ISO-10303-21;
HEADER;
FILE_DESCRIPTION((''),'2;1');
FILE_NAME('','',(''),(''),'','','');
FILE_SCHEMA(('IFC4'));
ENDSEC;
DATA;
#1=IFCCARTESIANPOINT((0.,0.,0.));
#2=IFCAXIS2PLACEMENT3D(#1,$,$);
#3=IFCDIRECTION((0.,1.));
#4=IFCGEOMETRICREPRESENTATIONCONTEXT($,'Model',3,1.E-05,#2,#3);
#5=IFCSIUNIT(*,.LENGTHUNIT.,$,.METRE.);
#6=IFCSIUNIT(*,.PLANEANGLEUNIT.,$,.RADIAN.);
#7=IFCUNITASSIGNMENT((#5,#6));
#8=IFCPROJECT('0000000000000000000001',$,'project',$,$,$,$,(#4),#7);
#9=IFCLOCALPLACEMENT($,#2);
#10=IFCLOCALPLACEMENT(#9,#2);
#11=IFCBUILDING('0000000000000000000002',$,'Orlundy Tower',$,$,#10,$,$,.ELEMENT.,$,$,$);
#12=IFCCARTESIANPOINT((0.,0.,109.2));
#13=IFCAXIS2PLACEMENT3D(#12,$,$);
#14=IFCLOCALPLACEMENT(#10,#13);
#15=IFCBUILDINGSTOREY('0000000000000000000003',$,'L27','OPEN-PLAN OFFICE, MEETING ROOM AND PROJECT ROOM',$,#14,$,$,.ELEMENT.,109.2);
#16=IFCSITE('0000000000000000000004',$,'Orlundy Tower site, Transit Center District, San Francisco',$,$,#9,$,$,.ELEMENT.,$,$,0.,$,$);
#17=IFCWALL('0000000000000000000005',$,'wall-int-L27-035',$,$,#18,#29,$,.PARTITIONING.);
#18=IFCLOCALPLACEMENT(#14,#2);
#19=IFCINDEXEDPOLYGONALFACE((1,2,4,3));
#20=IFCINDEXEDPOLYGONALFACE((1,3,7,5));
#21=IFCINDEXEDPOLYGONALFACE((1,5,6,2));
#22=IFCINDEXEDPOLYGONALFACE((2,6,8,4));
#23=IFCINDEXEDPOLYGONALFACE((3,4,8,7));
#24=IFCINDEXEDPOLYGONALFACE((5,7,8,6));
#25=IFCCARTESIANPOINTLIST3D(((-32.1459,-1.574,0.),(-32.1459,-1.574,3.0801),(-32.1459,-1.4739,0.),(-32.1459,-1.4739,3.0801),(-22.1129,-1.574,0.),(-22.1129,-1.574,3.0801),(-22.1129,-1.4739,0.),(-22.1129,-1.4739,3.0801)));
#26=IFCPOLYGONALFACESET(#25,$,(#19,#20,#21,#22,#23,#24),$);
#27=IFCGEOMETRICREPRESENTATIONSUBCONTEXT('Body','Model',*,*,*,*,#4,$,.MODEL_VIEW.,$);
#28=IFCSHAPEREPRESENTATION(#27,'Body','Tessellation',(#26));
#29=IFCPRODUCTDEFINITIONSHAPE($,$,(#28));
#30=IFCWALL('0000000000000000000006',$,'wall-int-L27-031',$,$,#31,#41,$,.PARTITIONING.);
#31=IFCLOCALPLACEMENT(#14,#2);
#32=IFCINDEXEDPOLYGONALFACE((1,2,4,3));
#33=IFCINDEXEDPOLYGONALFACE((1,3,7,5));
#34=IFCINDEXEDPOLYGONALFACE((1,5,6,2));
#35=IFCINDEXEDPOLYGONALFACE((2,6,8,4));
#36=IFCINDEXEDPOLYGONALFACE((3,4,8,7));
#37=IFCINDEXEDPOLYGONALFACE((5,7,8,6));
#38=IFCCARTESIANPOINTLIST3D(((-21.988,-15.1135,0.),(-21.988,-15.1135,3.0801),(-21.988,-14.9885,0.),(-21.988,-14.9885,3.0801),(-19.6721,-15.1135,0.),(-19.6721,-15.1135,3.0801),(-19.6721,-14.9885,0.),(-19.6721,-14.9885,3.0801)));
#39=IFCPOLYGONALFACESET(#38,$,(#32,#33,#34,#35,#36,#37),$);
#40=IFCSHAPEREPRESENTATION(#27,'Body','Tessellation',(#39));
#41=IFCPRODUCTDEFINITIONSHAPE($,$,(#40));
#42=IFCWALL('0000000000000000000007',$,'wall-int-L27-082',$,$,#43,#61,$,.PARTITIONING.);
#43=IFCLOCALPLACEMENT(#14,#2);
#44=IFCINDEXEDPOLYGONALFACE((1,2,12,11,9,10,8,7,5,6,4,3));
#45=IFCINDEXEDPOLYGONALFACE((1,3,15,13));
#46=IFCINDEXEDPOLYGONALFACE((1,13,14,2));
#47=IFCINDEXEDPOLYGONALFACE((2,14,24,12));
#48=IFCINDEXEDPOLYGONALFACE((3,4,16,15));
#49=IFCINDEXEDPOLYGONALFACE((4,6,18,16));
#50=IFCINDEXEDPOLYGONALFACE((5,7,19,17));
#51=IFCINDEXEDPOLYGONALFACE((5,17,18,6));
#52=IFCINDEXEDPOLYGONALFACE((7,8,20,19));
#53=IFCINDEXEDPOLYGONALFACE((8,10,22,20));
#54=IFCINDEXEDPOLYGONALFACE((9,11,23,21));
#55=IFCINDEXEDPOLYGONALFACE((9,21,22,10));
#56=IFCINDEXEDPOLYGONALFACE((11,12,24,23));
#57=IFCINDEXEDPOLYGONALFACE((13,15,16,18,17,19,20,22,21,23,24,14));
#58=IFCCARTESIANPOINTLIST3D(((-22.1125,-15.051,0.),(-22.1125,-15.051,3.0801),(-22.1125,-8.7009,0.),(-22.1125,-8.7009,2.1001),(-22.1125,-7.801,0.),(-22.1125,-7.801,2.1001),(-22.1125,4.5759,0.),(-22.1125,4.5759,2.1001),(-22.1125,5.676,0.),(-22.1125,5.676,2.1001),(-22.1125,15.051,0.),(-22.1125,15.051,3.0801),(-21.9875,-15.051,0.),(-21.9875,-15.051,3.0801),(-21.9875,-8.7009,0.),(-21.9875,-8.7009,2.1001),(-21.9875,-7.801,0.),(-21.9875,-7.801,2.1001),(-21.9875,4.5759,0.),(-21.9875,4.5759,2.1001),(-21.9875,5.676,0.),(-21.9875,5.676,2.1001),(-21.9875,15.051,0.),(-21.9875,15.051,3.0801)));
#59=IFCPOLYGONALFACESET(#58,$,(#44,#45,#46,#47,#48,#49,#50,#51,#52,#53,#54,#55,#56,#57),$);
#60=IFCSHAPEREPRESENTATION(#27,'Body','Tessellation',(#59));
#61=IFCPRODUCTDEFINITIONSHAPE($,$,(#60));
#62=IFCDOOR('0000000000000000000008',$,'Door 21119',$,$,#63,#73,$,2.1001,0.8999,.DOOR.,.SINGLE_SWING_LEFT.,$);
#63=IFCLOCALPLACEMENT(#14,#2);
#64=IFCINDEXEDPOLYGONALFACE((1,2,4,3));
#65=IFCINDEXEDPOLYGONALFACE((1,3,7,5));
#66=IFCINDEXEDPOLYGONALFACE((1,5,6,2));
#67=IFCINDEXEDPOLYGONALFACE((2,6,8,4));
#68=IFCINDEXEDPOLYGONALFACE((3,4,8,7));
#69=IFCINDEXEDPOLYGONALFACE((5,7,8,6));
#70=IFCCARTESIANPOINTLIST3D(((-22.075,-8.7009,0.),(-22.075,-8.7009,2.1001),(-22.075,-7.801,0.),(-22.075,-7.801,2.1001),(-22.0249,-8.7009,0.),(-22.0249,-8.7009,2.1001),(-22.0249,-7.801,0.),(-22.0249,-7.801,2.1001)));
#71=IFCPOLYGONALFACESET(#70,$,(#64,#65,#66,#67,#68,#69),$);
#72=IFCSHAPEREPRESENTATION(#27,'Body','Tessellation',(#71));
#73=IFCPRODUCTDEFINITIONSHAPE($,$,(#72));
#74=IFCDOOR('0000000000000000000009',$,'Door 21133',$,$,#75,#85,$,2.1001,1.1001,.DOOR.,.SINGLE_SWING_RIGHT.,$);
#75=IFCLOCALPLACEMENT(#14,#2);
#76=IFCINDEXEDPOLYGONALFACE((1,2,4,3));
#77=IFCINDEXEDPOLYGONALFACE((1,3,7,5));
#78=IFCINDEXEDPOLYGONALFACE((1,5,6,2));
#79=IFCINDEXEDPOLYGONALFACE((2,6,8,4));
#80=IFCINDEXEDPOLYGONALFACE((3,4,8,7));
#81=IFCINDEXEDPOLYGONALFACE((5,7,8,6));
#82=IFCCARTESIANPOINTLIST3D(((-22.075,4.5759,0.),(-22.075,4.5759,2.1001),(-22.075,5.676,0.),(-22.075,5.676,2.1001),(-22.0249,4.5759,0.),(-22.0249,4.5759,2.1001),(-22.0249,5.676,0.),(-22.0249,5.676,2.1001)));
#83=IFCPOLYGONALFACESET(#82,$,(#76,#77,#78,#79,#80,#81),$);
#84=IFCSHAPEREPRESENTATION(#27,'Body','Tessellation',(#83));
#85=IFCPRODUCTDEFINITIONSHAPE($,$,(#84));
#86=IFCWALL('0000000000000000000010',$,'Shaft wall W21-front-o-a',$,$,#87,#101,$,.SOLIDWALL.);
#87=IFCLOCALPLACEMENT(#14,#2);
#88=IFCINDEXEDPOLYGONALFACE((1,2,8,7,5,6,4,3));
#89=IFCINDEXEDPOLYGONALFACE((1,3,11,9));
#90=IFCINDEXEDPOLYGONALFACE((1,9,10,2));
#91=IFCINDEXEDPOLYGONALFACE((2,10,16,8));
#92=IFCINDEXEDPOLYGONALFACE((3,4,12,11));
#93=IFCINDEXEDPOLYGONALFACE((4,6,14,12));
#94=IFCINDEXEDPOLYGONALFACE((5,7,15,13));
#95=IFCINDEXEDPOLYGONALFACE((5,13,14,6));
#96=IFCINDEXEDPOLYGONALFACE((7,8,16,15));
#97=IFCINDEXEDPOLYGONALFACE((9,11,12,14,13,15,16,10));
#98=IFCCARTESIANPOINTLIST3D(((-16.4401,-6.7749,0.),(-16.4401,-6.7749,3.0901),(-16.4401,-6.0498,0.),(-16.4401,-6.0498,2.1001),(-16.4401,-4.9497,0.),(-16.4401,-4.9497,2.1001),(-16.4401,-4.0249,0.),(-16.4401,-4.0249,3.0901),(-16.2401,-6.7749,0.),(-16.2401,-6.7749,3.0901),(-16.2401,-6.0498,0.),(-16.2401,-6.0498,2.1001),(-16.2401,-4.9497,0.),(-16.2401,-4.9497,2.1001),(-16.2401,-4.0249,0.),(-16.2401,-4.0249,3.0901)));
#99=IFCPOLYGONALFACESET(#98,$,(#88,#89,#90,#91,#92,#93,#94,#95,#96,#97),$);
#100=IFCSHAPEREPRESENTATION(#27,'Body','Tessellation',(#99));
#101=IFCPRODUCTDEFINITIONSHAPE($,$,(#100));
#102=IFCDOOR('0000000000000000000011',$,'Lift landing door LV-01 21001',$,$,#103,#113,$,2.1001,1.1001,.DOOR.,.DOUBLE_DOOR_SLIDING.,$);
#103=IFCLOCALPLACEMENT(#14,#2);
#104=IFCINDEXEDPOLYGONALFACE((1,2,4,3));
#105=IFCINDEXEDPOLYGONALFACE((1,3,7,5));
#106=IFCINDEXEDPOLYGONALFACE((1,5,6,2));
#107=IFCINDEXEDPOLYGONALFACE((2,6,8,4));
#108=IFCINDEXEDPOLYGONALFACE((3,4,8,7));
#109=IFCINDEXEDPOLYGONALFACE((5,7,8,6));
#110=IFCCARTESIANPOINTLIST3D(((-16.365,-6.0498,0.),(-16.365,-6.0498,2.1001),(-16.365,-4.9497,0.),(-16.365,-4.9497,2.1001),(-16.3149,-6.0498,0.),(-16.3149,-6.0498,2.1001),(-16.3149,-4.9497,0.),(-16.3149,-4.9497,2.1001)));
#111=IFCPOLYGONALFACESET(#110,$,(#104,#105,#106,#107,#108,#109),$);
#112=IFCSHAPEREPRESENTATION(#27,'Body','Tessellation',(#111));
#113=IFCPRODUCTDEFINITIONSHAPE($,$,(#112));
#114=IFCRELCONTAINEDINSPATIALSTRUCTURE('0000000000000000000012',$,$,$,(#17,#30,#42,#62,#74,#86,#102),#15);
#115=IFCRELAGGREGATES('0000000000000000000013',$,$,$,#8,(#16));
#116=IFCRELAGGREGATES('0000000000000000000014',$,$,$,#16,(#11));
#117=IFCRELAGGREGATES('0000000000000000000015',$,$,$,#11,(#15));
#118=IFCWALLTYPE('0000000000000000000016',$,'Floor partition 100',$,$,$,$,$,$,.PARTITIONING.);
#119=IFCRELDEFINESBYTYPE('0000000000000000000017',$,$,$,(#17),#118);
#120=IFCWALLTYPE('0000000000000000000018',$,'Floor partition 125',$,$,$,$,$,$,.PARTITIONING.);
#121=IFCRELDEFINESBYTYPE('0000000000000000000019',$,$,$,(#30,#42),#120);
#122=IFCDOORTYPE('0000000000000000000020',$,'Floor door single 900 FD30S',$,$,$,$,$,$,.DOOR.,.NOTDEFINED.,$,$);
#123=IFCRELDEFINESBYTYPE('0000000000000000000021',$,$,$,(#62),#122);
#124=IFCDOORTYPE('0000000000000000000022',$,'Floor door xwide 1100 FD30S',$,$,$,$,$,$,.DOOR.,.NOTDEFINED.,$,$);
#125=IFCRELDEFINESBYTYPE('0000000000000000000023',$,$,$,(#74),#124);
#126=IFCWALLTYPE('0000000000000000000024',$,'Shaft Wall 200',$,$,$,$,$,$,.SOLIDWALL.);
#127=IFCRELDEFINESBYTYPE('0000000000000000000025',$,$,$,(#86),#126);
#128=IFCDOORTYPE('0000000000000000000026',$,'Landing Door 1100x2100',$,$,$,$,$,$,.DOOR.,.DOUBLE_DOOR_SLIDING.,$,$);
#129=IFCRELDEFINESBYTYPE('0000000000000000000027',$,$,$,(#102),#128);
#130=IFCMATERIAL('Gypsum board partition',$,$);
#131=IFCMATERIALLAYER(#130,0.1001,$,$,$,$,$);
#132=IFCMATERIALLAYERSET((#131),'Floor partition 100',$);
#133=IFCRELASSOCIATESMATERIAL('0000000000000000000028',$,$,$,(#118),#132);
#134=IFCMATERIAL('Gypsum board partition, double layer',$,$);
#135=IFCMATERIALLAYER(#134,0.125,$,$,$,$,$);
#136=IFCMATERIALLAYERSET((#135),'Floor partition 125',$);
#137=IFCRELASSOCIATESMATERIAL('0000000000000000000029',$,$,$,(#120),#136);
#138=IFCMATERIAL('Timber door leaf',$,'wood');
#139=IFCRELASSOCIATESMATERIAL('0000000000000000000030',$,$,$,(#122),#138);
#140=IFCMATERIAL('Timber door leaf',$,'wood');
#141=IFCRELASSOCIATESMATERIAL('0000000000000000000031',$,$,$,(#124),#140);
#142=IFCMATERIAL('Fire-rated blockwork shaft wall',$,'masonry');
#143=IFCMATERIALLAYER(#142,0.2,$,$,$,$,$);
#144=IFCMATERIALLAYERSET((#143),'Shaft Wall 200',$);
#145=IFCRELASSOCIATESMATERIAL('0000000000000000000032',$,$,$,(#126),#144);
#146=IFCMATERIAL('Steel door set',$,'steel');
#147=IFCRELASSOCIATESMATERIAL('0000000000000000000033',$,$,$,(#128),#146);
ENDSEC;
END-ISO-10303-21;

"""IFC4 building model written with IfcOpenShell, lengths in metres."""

from ifc_helpers import new_model, si_unit, direction, frame, frame_2d, origin, place, context, subcontext, project, spatial, rectangle, extrude, material, layer, layer_set, type_object, element, fill, save


model = new_model("IFC4")

# Units and contexts
model_context = context("Model", 3, precision=1e-05, world=origin(), true_north=direction((0.0, 1.0)))
body_context = subcontext(model_context, "Body", "Model", "MODEL_VIEW")
ifc_project = project(units=[si_unit("LENGTHUNIT", "METRE"), si_unit("PLANEANGLEUNIT", "RADIAN")], contexts=[model_context])

# Site, building, storey
site_placement = place(None, origin())
site = spatial("IfcSite", under=ifc_project, at=site_placement, Name="Orlundy Tower site, Transit Center District, San Francisco", CompositionType="ELEMENT", RefElevation=0.0)
building_placement = place(site_placement, origin())
building = spatial("IfcBuilding", under=site, at=building_placement, Name="Orlundy Tower", CompositionType="ELEMENT")
storey_placement = place(building_placement, frame((0.0, 0.0, 109.2)))
storey = spatial("IfcBuildingStorey", under=building, at=storey_placement, Name="L27", Description="OPEN-PLAN OFFICE, MEETING ROOM AND PROJECT ROOM", CompositionType="ELEMENT", Elevation=109.2)

# Walls
ifc_material_1 = material(Name="Gypsum board partition")
ifc_layer_1 = layer(ifc_material_1, 0.1001)
ifc_layer_set_1 = layer_set([ifc_layer_1], Name="Floor partition 100")
wall_type_1 = type_object("IfcWallType", Name="Floor partition 100", PredefinedType="PARTITIONING", material=ifc_layer_set_1)
wall_1_placement = place(storey_placement, frame((-32.146, -1.5239, 0.0), z_axis=(0.0, 0.0, 1.0), x_axis=(1.0, 0.0, 0.0)))
element("IfcWall", 1, at=wall_1_placement, inside=storey, type_object=wall_type_1, Name="wall-int-L27-035", PredefinedType="PARTITIONING", context=body_context, shape_type="SweptSolid", body=[
    extrude(rectangle(XDim=10.033, YDim=0.1001, at=frame_2d((5.0166, 0.0))), origin(), (0.0, 0.0, 1.0), 3.0801),
])
ifc_material_2 = material(Name="Gypsum board partition, double layer")
ifc_layer_2 = layer(ifc_material_2, 0.125)
ifc_layer_set_2 = layer_set([ifc_layer_2], Name="Floor partition 125")
wall_type_2 = type_object("IfcWallType", Name="Floor partition 125", PredefinedType="PARTITIONING", material=ifc_layer_set_2)
wall_2_placement = place(storey_placement, frame((-21.988, -15.051, 0.0), z_axis=(0.0, 0.0, 1.0), x_axis=(1.0, 0.0, 0.0)))
element("IfcWall", 2, at=wall_2_placement, inside=storey, type_object=wall_type_2, Name="wall-int-L27-031", PredefinedType="PARTITIONING", context=body_context, shape_type="SweptSolid", body=[
    extrude(rectangle(XDim=2.3159, YDim=0.125, at=frame_2d((1.158, 0.0))), origin(), (0.0, 0.0, 1.0), 3.0801),
])

# Wall, openings, doors
wall_3_placement = place(storey_placement, frame((-22.05, -15.051, 0.0), z_axis=(0.0, 0.0, 1.0), x_axis=(0.0, 1.0, 0.0)))
wall_3 = element("IfcWall", 3, at=wall_3_placement, inside=storey, type_object=wall_type_2, Name="wall-int-L27-082", PredefinedType="PARTITIONING", context=body_context, shape_type="SweptSolid", body=[
    extrude(rectangle(XDim=30.1021, YDim=0.125, at=frame_2d((15.051, 0.0))), origin(), (0.0, 0.0, 1.0), 3.0801),
])
opening_1_placement = place(wall_3_placement, frame((6.3501, 0.0, 0.0)))
opening_1 = element("IfcOpeningElement", 4, at=opening_1_placement, cuts=wall_3, PredefinedType="OPENING", context=body_context, shape_type="SweptSolid", body=[
    extrude(rectangle(XDim=0.8999, YDim=2.1001, at=frame_2d((0.45, 1.05))), frame((0.0, 0.0725, 0.0), z_axis=(0.0, -1.0, 0.0), x_axis=(1.0, 0.0, 0.0)), (0.0, 0.0, 1.0), 0.145),
])
opening_2_placement = place(wall_3_placement, frame((19.627, 0.0, 0.0)))
opening_2 = element("IfcOpeningElement", 5, at=opening_2_placement, cuts=wall_3, PredefinedType="OPENING", context=body_context, shape_type="SweptSolid", body=[
    extrude(rectangle(XDim=1.1001, YDim=2.1001, at=frame_2d((0.55, 1.05))), frame((0.0, 0.0725, 0.0), z_axis=(0.0, -1.0, 0.0), x_axis=(1.0, 0.0, 0.0)), (0.0, 0.0, 1.0), 0.145),
])
ifc_material_3 = material(Name="Timber door leaf", Category="wood")
door_type_1 = type_object("IfcDoorType", Name="Floor door single 900 FD30S", OperationType="NOTDEFINED", PredefinedType="DOOR", material=ifc_material_3)
door_1_placement = place(opening_1_placement, origin())
door_1 = element("IfcDoor", 6, at=door_1_placement, inside=storey, type_object=door_type_1, Name="Door 21119", OperationType="SINGLE_SWING_LEFT", OverallHeight=2.1001, OverallWidth=0.8999, PredefinedType="DOOR", context=body_context, shape_type="SweptSolid", body=[
    extrude(rectangle(XDim=0.8999, YDim=2.1001, at=frame_2d((0.45, 1.05))), frame((0.0, 0.0249, 0.0), z_axis=(0.0, -1.0, 0.0), x_axis=(1.0, 0.0, 0.0)), (0.0, 0.0, 1.0), 0.05),
])
fill(opening_1, door_1)
ifc_material_4 = material(Name="Timber door leaf", Category="wood")
door_type_2 = type_object("IfcDoorType", Name="Floor door xwide 1100 FD30S", OperationType="NOTDEFINED", PredefinedType="DOOR", material=ifc_material_4)
door_2_placement = place(opening_2_placement, origin())
door_2 = element("IfcDoor", 7, at=door_2_placement, inside=storey, type_object=door_type_2, Name="Door 21133", OperationType="SINGLE_SWING_RIGHT", OverallHeight=2.1001, OverallWidth=1.1001, PredefinedType="DOOR", context=body_context, shape_type="SweptSolid", body=[
    extrude(rectangle(XDim=1.1001, YDim=2.1001, at=frame_2d((0.55, 1.05))), frame((0.0, 0.0249, 0.0), z_axis=(0.0, -1.0, 0.0), x_axis=(1.0, 0.0, 0.0)), (0.0, 0.0, 1.0), 0.05),
])
fill(opening_2, door_2)

# Wall, opening, door
ifc_material_5 = material(Name="Fire-rated blockwork shaft wall", Category="masonry")
ifc_layer_3 = layer(ifc_material_5, 0.2)
ifc_layer_set_3 = layer_set([ifc_layer_3], Name="Shaft Wall 200")
wall_type_3 = type_object("IfcWallType", Name="Shaft Wall 200", PredefinedType="SOLIDWALL", material=ifc_layer_set_3)
wall_4_placement = place(storey_placement, frame((-16.3401, -6.7749, 0.0), z_axis=(0.0, 0.0, 1.0), x_axis=(0.0, 1.0, 0.0)))
wall_4 = element("IfcWall", 8, at=wall_4_placement, inside=storey, type_object=wall_type_3, Name="Shaft wall W21-front-o-a", PredefinedType="SOLIDWALL", context=body_context, shape_type="SweptSolid", body=[
    extrude(rectangle(XDim=2.75, YDim=0.2, at=frame_2d((1.375, 0.0))), origin(), (0.0, 0.0, 1.0), 3.0901),
])
opening_3_placement = place(wall_4_placement, frame((0.7251, 0.0, 0.0)))
opening_3 = element("IfcOpeningElement", 9, at=opening_3_placement, cuts=wall_4, PredefinedType="OPENING", context=body_context, shape_type="SweptSolid", body=[
    extrude(rectangle(XDim=1.1001, YDim=2.1001, at=frame_2d((0.55, 1.05))), frame((0.0, 0.1101, 0.0), z_axis=(0.0, -1.0, 0.0), x_axis=(1.0, 0.0, 0.0)), (0.0, 0.0, 1.0), 0.2202),
])
ifc_material_6 = material(Name="Steel door set", Category="steel")
door_type_3 = type_object("IfcDoorType", Name="Landing Door 1100x2100", OperationType="DOUBLE_DOOR_SLIDING", PredefinedType="DOOR", material=ifc_material_6)
door_3_placement = place(opening_3_placement, origin())
door_3 = element("IfcDoor", 10, at=door_3_placement, inside=storey, type_object=door_type_3, Name="Lift landing door LV-01 21001", OperationType="DOUBLE_DOOR_SLIDING", OverallHeight=2.1001, OverallWidth=1.1001, PredefinedType="DOOR", context=body_context, shape_type="SweptSolid", body=[
    extrude(rectangle(XDim=1.1001, YDim=2.1001, at=frame_2d((0.55, 1.05))), frame((0.0, 0.0249, 0.0), z_axis=(0.0, -1.0, 0.0), x_axis=(1.0, 0.0, 0.0)), (0.0, 0.0, 1.0), 0.05),
])
fill(opening_3, door_3)

save(model, "model.ifc")
